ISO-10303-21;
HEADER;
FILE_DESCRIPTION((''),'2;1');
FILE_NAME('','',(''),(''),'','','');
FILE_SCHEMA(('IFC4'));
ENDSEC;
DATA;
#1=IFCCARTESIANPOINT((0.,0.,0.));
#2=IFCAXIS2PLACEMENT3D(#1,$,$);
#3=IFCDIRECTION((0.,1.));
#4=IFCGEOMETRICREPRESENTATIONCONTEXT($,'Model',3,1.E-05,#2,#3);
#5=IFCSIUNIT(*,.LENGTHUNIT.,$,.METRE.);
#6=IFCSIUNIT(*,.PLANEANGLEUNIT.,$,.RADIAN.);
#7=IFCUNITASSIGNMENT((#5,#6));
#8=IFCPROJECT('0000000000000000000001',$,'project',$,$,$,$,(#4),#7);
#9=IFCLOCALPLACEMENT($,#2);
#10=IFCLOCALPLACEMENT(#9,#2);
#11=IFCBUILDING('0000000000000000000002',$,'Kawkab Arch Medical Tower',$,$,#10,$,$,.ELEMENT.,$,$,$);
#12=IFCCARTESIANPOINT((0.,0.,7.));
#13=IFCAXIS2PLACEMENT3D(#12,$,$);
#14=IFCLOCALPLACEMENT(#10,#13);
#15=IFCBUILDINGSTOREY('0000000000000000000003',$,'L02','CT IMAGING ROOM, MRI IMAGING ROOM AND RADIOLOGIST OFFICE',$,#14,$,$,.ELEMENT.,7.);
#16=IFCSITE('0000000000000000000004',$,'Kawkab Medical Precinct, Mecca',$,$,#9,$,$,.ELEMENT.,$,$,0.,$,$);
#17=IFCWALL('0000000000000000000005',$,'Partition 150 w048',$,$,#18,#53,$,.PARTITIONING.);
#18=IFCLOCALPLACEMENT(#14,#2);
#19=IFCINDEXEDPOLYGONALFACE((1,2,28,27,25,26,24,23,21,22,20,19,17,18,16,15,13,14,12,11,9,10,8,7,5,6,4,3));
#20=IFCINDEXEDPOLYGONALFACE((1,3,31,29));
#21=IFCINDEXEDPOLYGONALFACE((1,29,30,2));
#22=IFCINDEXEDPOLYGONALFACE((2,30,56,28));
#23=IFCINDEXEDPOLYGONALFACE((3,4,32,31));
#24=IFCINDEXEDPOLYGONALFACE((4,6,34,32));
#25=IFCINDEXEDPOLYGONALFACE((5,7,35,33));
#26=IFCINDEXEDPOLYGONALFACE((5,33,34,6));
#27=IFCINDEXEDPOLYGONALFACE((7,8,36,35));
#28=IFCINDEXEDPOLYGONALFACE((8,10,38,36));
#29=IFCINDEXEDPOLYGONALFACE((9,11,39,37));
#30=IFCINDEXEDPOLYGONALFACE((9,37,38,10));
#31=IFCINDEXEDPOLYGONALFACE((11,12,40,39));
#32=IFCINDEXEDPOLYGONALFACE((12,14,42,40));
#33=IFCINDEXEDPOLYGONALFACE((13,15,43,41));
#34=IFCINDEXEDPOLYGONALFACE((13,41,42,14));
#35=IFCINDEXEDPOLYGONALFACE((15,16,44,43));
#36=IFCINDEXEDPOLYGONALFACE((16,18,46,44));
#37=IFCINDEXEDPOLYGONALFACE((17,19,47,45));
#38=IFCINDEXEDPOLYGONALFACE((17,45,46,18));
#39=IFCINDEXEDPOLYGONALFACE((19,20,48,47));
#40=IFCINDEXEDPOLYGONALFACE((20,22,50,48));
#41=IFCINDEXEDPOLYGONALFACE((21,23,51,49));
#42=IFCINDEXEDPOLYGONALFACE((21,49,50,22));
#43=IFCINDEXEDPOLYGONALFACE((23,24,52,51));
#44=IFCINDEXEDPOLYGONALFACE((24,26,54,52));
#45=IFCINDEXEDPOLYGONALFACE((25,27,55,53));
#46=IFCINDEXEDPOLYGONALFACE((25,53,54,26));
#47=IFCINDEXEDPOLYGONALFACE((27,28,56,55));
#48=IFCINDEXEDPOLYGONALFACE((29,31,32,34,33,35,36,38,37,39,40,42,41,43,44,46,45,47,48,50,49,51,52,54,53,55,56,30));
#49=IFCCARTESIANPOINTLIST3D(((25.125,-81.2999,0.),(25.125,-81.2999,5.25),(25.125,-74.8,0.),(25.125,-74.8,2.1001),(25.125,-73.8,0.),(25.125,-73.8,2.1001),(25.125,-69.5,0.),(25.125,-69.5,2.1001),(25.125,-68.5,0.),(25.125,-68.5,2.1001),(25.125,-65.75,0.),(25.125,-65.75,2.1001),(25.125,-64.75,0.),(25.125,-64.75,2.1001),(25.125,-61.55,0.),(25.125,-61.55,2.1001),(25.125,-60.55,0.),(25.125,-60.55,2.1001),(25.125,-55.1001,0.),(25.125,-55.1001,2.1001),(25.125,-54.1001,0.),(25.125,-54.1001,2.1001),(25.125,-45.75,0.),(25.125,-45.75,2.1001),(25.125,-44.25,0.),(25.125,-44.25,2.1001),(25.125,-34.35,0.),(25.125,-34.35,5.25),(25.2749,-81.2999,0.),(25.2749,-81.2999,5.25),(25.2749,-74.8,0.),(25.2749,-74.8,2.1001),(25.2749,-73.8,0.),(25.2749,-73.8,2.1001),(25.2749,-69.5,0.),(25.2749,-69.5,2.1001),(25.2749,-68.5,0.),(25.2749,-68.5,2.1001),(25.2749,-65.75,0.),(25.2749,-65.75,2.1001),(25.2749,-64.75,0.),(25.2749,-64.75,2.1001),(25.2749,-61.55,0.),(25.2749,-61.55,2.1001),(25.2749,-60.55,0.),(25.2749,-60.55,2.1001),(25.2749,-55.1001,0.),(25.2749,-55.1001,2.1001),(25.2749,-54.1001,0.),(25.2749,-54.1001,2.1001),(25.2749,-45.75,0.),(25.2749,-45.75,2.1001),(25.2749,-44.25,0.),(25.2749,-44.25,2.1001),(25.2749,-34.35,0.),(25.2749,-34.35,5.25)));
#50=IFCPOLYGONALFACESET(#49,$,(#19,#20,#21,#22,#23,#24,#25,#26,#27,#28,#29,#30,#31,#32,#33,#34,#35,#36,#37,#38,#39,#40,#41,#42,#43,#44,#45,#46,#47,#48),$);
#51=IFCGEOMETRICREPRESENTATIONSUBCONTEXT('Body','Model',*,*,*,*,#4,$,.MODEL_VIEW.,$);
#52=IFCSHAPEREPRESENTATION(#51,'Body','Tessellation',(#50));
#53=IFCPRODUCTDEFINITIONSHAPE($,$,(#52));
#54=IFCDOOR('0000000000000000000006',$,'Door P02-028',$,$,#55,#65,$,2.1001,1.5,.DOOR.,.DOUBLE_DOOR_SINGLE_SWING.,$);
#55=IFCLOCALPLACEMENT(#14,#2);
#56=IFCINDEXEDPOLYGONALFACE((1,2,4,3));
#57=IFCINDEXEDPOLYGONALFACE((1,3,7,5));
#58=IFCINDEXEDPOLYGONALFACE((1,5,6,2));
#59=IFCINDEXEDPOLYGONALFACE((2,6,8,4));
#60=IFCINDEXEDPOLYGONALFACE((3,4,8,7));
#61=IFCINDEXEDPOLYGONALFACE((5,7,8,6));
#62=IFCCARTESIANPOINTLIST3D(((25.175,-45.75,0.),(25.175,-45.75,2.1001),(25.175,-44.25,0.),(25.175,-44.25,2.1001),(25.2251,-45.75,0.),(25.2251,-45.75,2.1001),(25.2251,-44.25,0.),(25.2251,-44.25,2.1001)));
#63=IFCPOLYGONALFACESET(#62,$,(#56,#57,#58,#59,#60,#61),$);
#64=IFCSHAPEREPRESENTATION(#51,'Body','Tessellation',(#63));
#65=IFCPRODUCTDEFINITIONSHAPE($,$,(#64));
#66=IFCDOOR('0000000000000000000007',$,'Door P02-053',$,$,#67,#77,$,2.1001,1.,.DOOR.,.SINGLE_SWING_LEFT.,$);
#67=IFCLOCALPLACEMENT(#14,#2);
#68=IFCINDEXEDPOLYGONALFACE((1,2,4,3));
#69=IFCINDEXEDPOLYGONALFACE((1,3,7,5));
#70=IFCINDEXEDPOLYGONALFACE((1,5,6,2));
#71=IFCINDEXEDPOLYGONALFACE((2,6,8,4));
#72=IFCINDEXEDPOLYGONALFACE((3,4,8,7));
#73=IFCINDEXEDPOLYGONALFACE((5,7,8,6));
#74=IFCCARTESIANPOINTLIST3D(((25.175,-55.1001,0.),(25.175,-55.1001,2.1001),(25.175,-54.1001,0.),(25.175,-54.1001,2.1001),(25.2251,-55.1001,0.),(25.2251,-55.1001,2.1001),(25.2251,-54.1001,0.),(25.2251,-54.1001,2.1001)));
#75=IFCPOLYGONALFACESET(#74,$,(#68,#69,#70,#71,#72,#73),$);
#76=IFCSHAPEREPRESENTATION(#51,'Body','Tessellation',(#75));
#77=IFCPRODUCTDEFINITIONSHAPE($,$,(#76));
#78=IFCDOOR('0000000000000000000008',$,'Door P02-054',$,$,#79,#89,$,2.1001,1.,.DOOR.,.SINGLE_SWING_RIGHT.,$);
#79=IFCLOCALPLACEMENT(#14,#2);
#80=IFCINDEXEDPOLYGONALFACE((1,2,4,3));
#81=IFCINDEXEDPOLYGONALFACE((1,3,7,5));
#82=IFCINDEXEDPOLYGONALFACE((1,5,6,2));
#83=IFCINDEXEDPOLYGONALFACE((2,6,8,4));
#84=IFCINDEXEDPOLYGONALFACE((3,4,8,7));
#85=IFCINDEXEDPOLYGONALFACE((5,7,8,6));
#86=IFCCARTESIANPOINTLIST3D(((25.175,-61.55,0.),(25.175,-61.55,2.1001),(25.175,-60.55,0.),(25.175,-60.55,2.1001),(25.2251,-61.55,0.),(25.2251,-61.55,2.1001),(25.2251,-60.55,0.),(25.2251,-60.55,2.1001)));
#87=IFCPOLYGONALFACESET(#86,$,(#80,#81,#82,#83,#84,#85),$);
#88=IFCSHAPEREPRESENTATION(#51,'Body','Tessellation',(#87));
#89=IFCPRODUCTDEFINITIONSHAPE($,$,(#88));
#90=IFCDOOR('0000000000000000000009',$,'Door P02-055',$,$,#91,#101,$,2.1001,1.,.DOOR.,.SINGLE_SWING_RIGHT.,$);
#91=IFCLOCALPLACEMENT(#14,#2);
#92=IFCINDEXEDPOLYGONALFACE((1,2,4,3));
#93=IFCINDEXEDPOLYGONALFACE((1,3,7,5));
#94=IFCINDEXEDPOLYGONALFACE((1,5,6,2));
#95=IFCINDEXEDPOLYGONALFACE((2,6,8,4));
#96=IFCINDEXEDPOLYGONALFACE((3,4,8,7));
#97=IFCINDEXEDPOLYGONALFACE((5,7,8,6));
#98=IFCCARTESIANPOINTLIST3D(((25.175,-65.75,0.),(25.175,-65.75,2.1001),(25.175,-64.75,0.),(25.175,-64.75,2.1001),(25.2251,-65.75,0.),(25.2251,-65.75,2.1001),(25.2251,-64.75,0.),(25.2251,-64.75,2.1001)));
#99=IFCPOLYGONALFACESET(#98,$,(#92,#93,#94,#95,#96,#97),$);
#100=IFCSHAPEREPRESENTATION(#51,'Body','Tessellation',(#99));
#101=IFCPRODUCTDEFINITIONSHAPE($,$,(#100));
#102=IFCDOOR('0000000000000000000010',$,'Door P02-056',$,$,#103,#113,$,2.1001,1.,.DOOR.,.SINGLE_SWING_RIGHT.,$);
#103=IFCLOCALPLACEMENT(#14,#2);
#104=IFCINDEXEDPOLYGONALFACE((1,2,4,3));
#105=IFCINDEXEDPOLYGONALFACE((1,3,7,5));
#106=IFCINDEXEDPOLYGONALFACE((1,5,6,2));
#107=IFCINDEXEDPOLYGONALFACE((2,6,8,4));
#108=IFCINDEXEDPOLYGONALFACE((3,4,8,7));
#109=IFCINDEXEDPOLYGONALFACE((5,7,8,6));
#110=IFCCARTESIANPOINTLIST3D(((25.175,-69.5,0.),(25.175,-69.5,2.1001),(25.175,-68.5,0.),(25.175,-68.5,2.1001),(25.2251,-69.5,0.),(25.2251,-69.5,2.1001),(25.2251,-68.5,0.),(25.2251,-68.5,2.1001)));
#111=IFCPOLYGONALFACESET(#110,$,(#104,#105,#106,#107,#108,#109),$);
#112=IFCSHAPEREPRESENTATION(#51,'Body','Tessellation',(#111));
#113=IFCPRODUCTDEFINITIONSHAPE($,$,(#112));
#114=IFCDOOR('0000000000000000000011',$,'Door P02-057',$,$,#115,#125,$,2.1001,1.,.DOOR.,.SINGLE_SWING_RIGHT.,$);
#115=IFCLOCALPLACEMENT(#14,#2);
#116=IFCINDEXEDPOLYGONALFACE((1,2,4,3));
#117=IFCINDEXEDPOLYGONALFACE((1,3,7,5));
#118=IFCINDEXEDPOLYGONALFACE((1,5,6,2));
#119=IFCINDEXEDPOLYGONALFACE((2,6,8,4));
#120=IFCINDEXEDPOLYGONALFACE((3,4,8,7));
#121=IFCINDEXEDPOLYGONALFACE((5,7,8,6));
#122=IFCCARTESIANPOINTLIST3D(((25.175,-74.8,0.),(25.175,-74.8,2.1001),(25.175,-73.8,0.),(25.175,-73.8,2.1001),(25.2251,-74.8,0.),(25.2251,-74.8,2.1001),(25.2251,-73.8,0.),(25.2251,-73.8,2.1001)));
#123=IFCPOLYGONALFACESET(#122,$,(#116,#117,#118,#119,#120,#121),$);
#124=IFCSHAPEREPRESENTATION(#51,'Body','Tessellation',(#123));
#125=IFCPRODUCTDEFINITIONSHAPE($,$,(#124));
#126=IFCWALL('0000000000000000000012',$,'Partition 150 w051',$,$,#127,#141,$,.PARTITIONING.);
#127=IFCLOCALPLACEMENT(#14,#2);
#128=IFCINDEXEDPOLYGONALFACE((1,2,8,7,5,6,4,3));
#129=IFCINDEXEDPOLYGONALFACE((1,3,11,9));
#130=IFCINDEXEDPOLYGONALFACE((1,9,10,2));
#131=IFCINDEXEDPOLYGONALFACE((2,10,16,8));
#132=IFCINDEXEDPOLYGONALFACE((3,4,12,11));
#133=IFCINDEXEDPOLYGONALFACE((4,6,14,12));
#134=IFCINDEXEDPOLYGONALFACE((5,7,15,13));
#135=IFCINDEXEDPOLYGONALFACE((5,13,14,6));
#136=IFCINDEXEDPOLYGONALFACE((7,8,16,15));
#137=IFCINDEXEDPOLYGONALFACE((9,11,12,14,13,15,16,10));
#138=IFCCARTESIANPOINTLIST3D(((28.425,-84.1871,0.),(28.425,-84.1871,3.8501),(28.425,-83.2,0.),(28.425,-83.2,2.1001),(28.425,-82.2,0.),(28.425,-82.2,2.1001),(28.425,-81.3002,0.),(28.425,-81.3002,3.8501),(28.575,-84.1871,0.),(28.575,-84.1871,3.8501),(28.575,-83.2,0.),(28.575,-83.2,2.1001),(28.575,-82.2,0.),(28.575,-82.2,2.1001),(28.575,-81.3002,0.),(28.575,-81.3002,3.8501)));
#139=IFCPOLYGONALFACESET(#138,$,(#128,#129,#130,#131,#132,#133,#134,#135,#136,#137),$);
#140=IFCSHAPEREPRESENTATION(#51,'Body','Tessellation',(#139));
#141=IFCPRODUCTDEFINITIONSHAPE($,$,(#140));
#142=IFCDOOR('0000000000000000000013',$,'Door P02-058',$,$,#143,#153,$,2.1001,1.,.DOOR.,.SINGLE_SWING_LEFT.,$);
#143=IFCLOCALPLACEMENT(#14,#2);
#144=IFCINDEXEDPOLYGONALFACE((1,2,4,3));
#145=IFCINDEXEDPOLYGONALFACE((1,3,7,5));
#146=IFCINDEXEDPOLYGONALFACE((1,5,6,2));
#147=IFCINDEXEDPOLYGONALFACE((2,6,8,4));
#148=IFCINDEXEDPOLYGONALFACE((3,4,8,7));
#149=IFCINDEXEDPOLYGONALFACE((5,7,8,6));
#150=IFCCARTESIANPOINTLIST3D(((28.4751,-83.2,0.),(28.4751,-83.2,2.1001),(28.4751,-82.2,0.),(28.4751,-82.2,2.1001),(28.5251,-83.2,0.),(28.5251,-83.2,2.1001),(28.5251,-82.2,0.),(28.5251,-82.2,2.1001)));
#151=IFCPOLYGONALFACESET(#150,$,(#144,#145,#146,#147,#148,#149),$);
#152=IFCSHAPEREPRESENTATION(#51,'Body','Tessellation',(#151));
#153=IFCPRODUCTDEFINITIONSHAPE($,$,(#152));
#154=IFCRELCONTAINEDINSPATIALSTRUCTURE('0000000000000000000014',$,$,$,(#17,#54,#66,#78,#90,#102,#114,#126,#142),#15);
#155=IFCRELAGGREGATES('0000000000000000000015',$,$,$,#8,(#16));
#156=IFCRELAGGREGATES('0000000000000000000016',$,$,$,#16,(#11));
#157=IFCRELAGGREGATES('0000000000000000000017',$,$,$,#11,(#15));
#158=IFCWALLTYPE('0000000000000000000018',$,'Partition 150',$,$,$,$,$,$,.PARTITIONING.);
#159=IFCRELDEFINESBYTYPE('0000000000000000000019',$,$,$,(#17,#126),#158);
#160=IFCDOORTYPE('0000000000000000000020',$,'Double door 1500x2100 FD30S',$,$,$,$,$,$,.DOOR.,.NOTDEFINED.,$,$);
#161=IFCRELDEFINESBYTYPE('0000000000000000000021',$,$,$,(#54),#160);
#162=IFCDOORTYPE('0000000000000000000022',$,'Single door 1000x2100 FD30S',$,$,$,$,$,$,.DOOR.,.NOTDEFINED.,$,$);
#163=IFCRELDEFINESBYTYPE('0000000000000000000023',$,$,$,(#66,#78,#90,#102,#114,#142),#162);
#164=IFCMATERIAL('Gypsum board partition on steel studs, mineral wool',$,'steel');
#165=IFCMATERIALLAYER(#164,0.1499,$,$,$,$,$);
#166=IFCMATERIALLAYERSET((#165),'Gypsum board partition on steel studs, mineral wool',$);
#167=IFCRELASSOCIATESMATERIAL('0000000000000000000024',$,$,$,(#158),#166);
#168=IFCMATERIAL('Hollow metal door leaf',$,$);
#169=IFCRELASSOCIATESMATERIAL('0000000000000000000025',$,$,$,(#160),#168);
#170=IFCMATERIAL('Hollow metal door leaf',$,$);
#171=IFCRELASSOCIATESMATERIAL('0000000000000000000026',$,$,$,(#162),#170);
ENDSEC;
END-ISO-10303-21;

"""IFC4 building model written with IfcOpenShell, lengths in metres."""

from ifc_helpers import new_model, si_unit, direction, frame, frame_2d, origin, place, context, subcontext, project, spatial, rectangle, extrude, material, layer, layer_set, type_object, element, fill, save


model = new_model("IFC4")

# Units and contexts
model_context = context("Model", 3, precision=1e-05, world=origin(), true_north=direction((0.0, 1.0)))
body_context = subcontext(model_context, "Body", "Model", "MODEL_VIEW")
ifc_project = project(units=[si_unit("LENGTHUNIT", "METRE"), si_unit("PLANEANGLEUNIT", "RADIAN")], contexts=[model_context])

# Site, building, storey
site_placement = place(None, origin())
site = spatial("IfcSite", under=ifc_project, at=site_placement, Name="Kawkab Medical Precinct, Mecca", CompositionType="ELEMENT", RefElevation=0.0)
building_placement = place(site_placement, origin())
building = spatial("IfcBuilding", under=site, at=building_placement, Name="Kawkab Arch Medical Tower", CompositionType="ELEMENT")
storey_placement = place(building_placement, frame((0.0, 0.0, 7.0)))
storey = spatial("IfcBuildingStorey", under=building, at=storey_placement, Name="L02", Description="CT IMAGING ROOM, MRI IMAGING ROOM AND RADIOLOGIST OFFICE", CompositionType="ELEMENT", Elevation=7.0)

# Shared definitions
ifc_material_1 = material(Name="Gypsum board partition on steel studs, mineral wool", Category="steel")
ifc_layer_1 = layer(ifc_material_1, 0.1499)
ifc_layer_set_1 = layer_set([ifc_layer_1], Name="Gypsum board partition on steel studs, mineral wool")
wall_type_1 = type_object("IfcWallType", Name="Partition 150", PredefinedType="PARTITIONING", material=ifc_layer_set_1)

# Wall, openings, doors
ifc_material_2 = material(Name="Hollow metal door leaf")
door_type_1 = type_object("IfcDoorType", Name="Double door 1500x2100 FD30S", OperationType="NOTDEFINED", PredefinedType="DOOR", material=ifc_material_2)
wall_1_placement = place(storey_placement, frame((25.2, -81.3, 0.0), z_axis=(0.0, 0.0, 1.0), x_axis=(0.0, 1.0, 0.0)))
wall_1 = element("IfcWall", 1, at=wall_1_placement, inside=storey, type_object=wall_type_1, Name="Partition 150 w048", PredefinedType="PARTITIONING", context=body_context, shape_type="SweptSolid", body=[
    extrude(rectangle(XDim=46.95, YDim=0.1499, at=frame_2d((23.4751, 0.0))), origin(), (0.0, 0.0, 1.0), 5.25),
])
opening_1_placement = place(wall_1_placement, frame((35.55, 0.0, 0.0)))
opening_1 = element("IfcOpeningElement", 2, at=opening_1_placement, cuts=wall_1, PredefinedType="OPENING", context=body_context, shape_type="SweptSolid", body=[
    extrude(rectangle(XDim=1.5, YDim=2.1001, at=frame_2d((0.75, 1.05))), frame((0.0, 0.085, 0.0), z_axis=(0.0, -1.0, 0.0), x_axis=(1.0, 0.0, 0.0)), (0.0, 0.0, 1.0), 0.1699),
])
opening_2_placement = place(wall_1_placement, frame((26.2, 0.0, 0.0)))
opening_2 = element("IfcOpeningElement", 3, at=opening_2_placement, cuts=wall_1, PredefinedType="OPENING", context=body_context, shape_type="SweptSolid", body=[
    extrude(rectangle(XDim=1.0, YDim=2.1001, at=frame_2d((0.5, 1.05))), frame((0.0, 0.085, 0.0), z_axis=(0.0, -1.0, 0.0), x_axis=(1.0, 0.0, 0.0)), (0.0, 0.0, 1.0), 0.1699),
])
opening_3_placement = place(wall_1_placement, frame((19.75, 0.0, 0.0)))
opening_3 = element("IfcOpeningElement", 4, at=opening_3_placement, cuts=wall_1, PredefinedType="OPENING", context=body_context, shape_type="SweptSolid", body=[
    extrude(rectangle(XDim=1.0, YDim=2.1001, at=frame_2d((0.5, 1.05))), frame((0.0, 0.085, 0.0), z_axis=(0.0, -1.0, 0.0), x_axis=(1.0, 0.0, 0.0)), (0.0, 0.0, 1.0), 0.1699),
])
opening_4_placement = place(wall_1_placement, frame((15.55, 0.0, 0.0)))
opening_4 = element("IfcOpeningElement", 5, at=opening_4_placement, cuts=wall_1, PredefinedType="OPENING", context=body_context, shape_type="SweptSolid", body=[
    extrude(rectangle(XDim=1.0, YDim=2.1001, at=frame_2d((0.5, 1.05))), frame((0.0, 0.085, 0.0), z_axis=(0.0, -1.0, 0.0), x_axis=(1.0, 0.0, 0.0)), (0.0, 0.0, 1.0), 0.1699),
])
opening_5_placement = place(wall_1_placement, frame((11.8, 0.0, 0.0)))
opening_5 = element("IfcOpeningElement", 6, at=opening_5_placement, cuts=wall_1, PredefinedType="OPENING", context=body_context, shape_type="SweptSolid", body=[
    extrude(rectangle(XDim=1.0, YDim=2.1001, at=frame_2d((0.5, 1.05))), frame((0.0, 0.085, 0.0), z_axis=(0.0, -1.0, 0.0), x_axis=(1.0, 0.0, 0.0)), (0.0, 0.0, 1.0), 0.1699),
])
opening_6_placement = place(wall_1_placement, frame((6.5, 0.0, 0.0)))
opening_6 = element("IfcOpeningElement", 7, at=opening_6_placement, cuts=wall_1, PredefinedType="OPENING", context=body_context, shape_type="SweptSolid", body=[
    extrude(rectangle(XDim=1.0, YDim=2.1001, at=frame_2d((0.5, 1.05))), frame((0.0, 0.085, 0.0), z_axis=(0.0, -1.0, 0.0), x_axis=(1.0, 0.0, 0.0)), (0.0, 0.0, 1.0), 0.1699),
])
door_1_placement = place(opening_1_placement, origin())
door_1 = element("IfcDoor", 8, at=door_1_placement, inside=storey, type_object=door_type_1, Name="Door P02-028", OperationType="DOUBLE_DOOR_SINGLE_SWING", OverallHeight=2.1001, OverallWidth=1.5, PredefinedType="DOOR", context=body_context, shape_type="SweptSolid", body=[
    extrude(rectangle(XDim=1.5, YDim=2.1001, at=frame_2d((0.75, 1.05))), frame((0.0, 0.0249, 0.0), z_axis=(0.0, -1.0, 0.0), x_axis=(1.0, 0.0, 0.0)), (0.0, 0.0, 1.0), 0.05),
])
fill(opening_1, door_1)
ifc_material_3 = material(Name="Hollow metal door leaf")
door_type_2 = type_object("IfcDoorType", Name="Single door 1000x2100 FD30S", OperationType="NOTDEFINED", PredefinedType="DOOR", material=ifc_material_3)
door_2_placement = place(opening_2_placement, origin())
door_2 = element("IfcDoor", 9, at=door_2_placement, inside=storey, type_object=door_type_2, Name="Door P02-053", OperationType="SINGLE_SWING_LEFT", OverallHeight=2.1001, OverallWidth=1.0, PredefinedType="DOOR", context=body_context, shape_type="SweptSolid", body=[
    extrude(rectangle(XDim=1.0, YDim=2.1001, at=frame_2d((0.5, 1.05))), frame((0.0, 0.0249, 0.0), z_axis=(0.0, -1.0, 0.0), x_axis=(1.0, 0.0, 0.0)), (0.0, 0.0, 1.0), 0.05),
])
fill(opening_2, door_2)
door_3_placement = place(opening_3_placement, origin())
door_3 = element("IfcDoor", 10, at=door_3_placement, inside=storey, type_object=door_type_2, Name="Door P02-054", OperationType="SINGLE_SWING_RIGHT", OverallHeight=2.1001, OverallWidth=1.0, PredefinedType="DOOR", context=body_context, shape_type="SweptSolid", body=[
    extrude(rectangle(XDim=1.0, YDim=2.1001, at=frame_2d((0.5, 1.05))), frame((0.0, 0.0249, 0.0), z_axis=(0.0, -1.0, 0.0), x_axis=(1.0, 0.0, 0.0)), (0.0, 0.0, 1.0), 0.05),
])
fill(opening_3, door_3)
door_4_placement = place(opening_4_placement, origin())
door_4 = element("IfcDoor", 11, at=door_4_placement, inside=storey, type_object=door_type_2, Name="Door P02-055", OperationType="SINGLE_SWING_RIGHT", OverallHeight=2.1001, OverallWidth=1.0, PredefinedType="DOOR", context=body_context, shape_type="SweptSolid", body=[
    extrude(rectangle(XDim=1.0, YDim=2.1001, at=frame_2d((0.5, 1.05))), frame((0.0, 0.0249, 0.0), z_axis=(0.0, -1.0, 0.0), x_axis=(1.0, 0.0, 0.0)), (0.0, 0.0, 1.0), 0.05),
])
fill(opening_4, door_4)
door_5_placement = place(opening_5_placement, origin())
door_5 = element("IfcDoor", 12, at=door_5_placement, inside=storey, type_object=door_type_2, Name="Door P02-056", OperationType="SINGLE_SWING_RIGHT", OverallHeight=2.1001, OverallWidth=1.0, PredefinedType="DOOR", context=body_context, shape_type="SweptSolid", body=[
    extrude(rectangle(XDim=1.0, YDim=2.1001, at=frame_2d((0.5, 1.05))), frame((0.0, 0.0249, 0.0), z_axis=(0.0, -1.0, 0.0), x_axis=(1.0, 0.0, 0.0)), (0.0, 0.0, 1.0), 0.05),
])
fill(opening_5, door_5)
door_6_placement = place(opening_6_placement, origin())
door_6 = element("IfcDoor", 13, at=door_6_placement, inside=storey, type_object=door_type_2, Name="Door P02-057", OperationType="SINGLE_SWING_RIGHT", OverallHeight=2.1001, OverallWidth=1.0, PredefinedType="DOOR", context=body_context, shape_type="SweptSolid", body=[
    extrude(rectangle(XDim=1.0, YDim=2.1001, at=frame_2d((0.5, 1.05))), frame((0.0, 0.0249, 0.0), z_axis=(0.0, -1.0, 0.0), x_axis=(1.0, 0.0, 0.0)), (0.0, 0.0, 1.0), 0.05),
])
fill(opening_6, door_6)

# Wall, opening, door
wall_2_placement = place(storey_placement, frame((28.5, -84.187, 0.0), z_axis=(0.0, 0.0, 1.0), x_axis=(0.0, 1.0, 0.0)))
wall_2 = element("IfcWall", 14, at=wall_2_placement, inside=storey, type_object=wall_type_1, Name="Partition 150 w051", PredefinedType="PARTITIONING", context=body_context, shape_type="SweptSolid", body=[
    extrude(rectangle(XDim=2.887, YDim=0.1499, at=frame_2d((1.4434, 0.0))), origin(), (0.0, 0.0, 1.0), 3.8501),
])
opening_7_placement = place(wall_2_placement, frame((0.9871, 0.0, 0.0)))
opening_7 = element("IfcOpeningElement", 15, at=opening_7_placement, cuts=wall_2, PredefinedType="OPENING", context=body_context, shape_type="SweptSolid", body=[
    extrude(rectangle(XDim=1.0, YDim=2.1001, at=frame_2d((0.5, 1.05))), frame((0.0, 0.085, 0.0), z_axis=(0.0, -1.0, 0.0), x_axis=(1.0, 0.0, 0.0)), (0.0, 0.0, 1.0), 0.1699),
])
door_7_placement = place(opening_7_placement, origin())
door_7 = element("IfcDoor", 16, at=door_7_placement, inside=storey, type_object=door_type_2, Name="Door P02-058", OperationType="SINGLE_SWING_LEFT", OverallHeight=2.1001, OverallWidth=1.0, PredefinedType="DOOR", context=body_context, shape_type="SweptSolid", body=[
    extrude(rectangle(XDim=1.0, YDim=2.1001, at=frame_2d((0.5, 1.05))), frame((0.0, 0.0249, 0.0), z_axis=(0.0, -1.0, 0.0), x_axis=(1.0, 0.0, 0.0)), (0.0, 0.0, 1.0), 0.05),
])
fill(opening_7, door_7)

save(model, "model.ifc")
